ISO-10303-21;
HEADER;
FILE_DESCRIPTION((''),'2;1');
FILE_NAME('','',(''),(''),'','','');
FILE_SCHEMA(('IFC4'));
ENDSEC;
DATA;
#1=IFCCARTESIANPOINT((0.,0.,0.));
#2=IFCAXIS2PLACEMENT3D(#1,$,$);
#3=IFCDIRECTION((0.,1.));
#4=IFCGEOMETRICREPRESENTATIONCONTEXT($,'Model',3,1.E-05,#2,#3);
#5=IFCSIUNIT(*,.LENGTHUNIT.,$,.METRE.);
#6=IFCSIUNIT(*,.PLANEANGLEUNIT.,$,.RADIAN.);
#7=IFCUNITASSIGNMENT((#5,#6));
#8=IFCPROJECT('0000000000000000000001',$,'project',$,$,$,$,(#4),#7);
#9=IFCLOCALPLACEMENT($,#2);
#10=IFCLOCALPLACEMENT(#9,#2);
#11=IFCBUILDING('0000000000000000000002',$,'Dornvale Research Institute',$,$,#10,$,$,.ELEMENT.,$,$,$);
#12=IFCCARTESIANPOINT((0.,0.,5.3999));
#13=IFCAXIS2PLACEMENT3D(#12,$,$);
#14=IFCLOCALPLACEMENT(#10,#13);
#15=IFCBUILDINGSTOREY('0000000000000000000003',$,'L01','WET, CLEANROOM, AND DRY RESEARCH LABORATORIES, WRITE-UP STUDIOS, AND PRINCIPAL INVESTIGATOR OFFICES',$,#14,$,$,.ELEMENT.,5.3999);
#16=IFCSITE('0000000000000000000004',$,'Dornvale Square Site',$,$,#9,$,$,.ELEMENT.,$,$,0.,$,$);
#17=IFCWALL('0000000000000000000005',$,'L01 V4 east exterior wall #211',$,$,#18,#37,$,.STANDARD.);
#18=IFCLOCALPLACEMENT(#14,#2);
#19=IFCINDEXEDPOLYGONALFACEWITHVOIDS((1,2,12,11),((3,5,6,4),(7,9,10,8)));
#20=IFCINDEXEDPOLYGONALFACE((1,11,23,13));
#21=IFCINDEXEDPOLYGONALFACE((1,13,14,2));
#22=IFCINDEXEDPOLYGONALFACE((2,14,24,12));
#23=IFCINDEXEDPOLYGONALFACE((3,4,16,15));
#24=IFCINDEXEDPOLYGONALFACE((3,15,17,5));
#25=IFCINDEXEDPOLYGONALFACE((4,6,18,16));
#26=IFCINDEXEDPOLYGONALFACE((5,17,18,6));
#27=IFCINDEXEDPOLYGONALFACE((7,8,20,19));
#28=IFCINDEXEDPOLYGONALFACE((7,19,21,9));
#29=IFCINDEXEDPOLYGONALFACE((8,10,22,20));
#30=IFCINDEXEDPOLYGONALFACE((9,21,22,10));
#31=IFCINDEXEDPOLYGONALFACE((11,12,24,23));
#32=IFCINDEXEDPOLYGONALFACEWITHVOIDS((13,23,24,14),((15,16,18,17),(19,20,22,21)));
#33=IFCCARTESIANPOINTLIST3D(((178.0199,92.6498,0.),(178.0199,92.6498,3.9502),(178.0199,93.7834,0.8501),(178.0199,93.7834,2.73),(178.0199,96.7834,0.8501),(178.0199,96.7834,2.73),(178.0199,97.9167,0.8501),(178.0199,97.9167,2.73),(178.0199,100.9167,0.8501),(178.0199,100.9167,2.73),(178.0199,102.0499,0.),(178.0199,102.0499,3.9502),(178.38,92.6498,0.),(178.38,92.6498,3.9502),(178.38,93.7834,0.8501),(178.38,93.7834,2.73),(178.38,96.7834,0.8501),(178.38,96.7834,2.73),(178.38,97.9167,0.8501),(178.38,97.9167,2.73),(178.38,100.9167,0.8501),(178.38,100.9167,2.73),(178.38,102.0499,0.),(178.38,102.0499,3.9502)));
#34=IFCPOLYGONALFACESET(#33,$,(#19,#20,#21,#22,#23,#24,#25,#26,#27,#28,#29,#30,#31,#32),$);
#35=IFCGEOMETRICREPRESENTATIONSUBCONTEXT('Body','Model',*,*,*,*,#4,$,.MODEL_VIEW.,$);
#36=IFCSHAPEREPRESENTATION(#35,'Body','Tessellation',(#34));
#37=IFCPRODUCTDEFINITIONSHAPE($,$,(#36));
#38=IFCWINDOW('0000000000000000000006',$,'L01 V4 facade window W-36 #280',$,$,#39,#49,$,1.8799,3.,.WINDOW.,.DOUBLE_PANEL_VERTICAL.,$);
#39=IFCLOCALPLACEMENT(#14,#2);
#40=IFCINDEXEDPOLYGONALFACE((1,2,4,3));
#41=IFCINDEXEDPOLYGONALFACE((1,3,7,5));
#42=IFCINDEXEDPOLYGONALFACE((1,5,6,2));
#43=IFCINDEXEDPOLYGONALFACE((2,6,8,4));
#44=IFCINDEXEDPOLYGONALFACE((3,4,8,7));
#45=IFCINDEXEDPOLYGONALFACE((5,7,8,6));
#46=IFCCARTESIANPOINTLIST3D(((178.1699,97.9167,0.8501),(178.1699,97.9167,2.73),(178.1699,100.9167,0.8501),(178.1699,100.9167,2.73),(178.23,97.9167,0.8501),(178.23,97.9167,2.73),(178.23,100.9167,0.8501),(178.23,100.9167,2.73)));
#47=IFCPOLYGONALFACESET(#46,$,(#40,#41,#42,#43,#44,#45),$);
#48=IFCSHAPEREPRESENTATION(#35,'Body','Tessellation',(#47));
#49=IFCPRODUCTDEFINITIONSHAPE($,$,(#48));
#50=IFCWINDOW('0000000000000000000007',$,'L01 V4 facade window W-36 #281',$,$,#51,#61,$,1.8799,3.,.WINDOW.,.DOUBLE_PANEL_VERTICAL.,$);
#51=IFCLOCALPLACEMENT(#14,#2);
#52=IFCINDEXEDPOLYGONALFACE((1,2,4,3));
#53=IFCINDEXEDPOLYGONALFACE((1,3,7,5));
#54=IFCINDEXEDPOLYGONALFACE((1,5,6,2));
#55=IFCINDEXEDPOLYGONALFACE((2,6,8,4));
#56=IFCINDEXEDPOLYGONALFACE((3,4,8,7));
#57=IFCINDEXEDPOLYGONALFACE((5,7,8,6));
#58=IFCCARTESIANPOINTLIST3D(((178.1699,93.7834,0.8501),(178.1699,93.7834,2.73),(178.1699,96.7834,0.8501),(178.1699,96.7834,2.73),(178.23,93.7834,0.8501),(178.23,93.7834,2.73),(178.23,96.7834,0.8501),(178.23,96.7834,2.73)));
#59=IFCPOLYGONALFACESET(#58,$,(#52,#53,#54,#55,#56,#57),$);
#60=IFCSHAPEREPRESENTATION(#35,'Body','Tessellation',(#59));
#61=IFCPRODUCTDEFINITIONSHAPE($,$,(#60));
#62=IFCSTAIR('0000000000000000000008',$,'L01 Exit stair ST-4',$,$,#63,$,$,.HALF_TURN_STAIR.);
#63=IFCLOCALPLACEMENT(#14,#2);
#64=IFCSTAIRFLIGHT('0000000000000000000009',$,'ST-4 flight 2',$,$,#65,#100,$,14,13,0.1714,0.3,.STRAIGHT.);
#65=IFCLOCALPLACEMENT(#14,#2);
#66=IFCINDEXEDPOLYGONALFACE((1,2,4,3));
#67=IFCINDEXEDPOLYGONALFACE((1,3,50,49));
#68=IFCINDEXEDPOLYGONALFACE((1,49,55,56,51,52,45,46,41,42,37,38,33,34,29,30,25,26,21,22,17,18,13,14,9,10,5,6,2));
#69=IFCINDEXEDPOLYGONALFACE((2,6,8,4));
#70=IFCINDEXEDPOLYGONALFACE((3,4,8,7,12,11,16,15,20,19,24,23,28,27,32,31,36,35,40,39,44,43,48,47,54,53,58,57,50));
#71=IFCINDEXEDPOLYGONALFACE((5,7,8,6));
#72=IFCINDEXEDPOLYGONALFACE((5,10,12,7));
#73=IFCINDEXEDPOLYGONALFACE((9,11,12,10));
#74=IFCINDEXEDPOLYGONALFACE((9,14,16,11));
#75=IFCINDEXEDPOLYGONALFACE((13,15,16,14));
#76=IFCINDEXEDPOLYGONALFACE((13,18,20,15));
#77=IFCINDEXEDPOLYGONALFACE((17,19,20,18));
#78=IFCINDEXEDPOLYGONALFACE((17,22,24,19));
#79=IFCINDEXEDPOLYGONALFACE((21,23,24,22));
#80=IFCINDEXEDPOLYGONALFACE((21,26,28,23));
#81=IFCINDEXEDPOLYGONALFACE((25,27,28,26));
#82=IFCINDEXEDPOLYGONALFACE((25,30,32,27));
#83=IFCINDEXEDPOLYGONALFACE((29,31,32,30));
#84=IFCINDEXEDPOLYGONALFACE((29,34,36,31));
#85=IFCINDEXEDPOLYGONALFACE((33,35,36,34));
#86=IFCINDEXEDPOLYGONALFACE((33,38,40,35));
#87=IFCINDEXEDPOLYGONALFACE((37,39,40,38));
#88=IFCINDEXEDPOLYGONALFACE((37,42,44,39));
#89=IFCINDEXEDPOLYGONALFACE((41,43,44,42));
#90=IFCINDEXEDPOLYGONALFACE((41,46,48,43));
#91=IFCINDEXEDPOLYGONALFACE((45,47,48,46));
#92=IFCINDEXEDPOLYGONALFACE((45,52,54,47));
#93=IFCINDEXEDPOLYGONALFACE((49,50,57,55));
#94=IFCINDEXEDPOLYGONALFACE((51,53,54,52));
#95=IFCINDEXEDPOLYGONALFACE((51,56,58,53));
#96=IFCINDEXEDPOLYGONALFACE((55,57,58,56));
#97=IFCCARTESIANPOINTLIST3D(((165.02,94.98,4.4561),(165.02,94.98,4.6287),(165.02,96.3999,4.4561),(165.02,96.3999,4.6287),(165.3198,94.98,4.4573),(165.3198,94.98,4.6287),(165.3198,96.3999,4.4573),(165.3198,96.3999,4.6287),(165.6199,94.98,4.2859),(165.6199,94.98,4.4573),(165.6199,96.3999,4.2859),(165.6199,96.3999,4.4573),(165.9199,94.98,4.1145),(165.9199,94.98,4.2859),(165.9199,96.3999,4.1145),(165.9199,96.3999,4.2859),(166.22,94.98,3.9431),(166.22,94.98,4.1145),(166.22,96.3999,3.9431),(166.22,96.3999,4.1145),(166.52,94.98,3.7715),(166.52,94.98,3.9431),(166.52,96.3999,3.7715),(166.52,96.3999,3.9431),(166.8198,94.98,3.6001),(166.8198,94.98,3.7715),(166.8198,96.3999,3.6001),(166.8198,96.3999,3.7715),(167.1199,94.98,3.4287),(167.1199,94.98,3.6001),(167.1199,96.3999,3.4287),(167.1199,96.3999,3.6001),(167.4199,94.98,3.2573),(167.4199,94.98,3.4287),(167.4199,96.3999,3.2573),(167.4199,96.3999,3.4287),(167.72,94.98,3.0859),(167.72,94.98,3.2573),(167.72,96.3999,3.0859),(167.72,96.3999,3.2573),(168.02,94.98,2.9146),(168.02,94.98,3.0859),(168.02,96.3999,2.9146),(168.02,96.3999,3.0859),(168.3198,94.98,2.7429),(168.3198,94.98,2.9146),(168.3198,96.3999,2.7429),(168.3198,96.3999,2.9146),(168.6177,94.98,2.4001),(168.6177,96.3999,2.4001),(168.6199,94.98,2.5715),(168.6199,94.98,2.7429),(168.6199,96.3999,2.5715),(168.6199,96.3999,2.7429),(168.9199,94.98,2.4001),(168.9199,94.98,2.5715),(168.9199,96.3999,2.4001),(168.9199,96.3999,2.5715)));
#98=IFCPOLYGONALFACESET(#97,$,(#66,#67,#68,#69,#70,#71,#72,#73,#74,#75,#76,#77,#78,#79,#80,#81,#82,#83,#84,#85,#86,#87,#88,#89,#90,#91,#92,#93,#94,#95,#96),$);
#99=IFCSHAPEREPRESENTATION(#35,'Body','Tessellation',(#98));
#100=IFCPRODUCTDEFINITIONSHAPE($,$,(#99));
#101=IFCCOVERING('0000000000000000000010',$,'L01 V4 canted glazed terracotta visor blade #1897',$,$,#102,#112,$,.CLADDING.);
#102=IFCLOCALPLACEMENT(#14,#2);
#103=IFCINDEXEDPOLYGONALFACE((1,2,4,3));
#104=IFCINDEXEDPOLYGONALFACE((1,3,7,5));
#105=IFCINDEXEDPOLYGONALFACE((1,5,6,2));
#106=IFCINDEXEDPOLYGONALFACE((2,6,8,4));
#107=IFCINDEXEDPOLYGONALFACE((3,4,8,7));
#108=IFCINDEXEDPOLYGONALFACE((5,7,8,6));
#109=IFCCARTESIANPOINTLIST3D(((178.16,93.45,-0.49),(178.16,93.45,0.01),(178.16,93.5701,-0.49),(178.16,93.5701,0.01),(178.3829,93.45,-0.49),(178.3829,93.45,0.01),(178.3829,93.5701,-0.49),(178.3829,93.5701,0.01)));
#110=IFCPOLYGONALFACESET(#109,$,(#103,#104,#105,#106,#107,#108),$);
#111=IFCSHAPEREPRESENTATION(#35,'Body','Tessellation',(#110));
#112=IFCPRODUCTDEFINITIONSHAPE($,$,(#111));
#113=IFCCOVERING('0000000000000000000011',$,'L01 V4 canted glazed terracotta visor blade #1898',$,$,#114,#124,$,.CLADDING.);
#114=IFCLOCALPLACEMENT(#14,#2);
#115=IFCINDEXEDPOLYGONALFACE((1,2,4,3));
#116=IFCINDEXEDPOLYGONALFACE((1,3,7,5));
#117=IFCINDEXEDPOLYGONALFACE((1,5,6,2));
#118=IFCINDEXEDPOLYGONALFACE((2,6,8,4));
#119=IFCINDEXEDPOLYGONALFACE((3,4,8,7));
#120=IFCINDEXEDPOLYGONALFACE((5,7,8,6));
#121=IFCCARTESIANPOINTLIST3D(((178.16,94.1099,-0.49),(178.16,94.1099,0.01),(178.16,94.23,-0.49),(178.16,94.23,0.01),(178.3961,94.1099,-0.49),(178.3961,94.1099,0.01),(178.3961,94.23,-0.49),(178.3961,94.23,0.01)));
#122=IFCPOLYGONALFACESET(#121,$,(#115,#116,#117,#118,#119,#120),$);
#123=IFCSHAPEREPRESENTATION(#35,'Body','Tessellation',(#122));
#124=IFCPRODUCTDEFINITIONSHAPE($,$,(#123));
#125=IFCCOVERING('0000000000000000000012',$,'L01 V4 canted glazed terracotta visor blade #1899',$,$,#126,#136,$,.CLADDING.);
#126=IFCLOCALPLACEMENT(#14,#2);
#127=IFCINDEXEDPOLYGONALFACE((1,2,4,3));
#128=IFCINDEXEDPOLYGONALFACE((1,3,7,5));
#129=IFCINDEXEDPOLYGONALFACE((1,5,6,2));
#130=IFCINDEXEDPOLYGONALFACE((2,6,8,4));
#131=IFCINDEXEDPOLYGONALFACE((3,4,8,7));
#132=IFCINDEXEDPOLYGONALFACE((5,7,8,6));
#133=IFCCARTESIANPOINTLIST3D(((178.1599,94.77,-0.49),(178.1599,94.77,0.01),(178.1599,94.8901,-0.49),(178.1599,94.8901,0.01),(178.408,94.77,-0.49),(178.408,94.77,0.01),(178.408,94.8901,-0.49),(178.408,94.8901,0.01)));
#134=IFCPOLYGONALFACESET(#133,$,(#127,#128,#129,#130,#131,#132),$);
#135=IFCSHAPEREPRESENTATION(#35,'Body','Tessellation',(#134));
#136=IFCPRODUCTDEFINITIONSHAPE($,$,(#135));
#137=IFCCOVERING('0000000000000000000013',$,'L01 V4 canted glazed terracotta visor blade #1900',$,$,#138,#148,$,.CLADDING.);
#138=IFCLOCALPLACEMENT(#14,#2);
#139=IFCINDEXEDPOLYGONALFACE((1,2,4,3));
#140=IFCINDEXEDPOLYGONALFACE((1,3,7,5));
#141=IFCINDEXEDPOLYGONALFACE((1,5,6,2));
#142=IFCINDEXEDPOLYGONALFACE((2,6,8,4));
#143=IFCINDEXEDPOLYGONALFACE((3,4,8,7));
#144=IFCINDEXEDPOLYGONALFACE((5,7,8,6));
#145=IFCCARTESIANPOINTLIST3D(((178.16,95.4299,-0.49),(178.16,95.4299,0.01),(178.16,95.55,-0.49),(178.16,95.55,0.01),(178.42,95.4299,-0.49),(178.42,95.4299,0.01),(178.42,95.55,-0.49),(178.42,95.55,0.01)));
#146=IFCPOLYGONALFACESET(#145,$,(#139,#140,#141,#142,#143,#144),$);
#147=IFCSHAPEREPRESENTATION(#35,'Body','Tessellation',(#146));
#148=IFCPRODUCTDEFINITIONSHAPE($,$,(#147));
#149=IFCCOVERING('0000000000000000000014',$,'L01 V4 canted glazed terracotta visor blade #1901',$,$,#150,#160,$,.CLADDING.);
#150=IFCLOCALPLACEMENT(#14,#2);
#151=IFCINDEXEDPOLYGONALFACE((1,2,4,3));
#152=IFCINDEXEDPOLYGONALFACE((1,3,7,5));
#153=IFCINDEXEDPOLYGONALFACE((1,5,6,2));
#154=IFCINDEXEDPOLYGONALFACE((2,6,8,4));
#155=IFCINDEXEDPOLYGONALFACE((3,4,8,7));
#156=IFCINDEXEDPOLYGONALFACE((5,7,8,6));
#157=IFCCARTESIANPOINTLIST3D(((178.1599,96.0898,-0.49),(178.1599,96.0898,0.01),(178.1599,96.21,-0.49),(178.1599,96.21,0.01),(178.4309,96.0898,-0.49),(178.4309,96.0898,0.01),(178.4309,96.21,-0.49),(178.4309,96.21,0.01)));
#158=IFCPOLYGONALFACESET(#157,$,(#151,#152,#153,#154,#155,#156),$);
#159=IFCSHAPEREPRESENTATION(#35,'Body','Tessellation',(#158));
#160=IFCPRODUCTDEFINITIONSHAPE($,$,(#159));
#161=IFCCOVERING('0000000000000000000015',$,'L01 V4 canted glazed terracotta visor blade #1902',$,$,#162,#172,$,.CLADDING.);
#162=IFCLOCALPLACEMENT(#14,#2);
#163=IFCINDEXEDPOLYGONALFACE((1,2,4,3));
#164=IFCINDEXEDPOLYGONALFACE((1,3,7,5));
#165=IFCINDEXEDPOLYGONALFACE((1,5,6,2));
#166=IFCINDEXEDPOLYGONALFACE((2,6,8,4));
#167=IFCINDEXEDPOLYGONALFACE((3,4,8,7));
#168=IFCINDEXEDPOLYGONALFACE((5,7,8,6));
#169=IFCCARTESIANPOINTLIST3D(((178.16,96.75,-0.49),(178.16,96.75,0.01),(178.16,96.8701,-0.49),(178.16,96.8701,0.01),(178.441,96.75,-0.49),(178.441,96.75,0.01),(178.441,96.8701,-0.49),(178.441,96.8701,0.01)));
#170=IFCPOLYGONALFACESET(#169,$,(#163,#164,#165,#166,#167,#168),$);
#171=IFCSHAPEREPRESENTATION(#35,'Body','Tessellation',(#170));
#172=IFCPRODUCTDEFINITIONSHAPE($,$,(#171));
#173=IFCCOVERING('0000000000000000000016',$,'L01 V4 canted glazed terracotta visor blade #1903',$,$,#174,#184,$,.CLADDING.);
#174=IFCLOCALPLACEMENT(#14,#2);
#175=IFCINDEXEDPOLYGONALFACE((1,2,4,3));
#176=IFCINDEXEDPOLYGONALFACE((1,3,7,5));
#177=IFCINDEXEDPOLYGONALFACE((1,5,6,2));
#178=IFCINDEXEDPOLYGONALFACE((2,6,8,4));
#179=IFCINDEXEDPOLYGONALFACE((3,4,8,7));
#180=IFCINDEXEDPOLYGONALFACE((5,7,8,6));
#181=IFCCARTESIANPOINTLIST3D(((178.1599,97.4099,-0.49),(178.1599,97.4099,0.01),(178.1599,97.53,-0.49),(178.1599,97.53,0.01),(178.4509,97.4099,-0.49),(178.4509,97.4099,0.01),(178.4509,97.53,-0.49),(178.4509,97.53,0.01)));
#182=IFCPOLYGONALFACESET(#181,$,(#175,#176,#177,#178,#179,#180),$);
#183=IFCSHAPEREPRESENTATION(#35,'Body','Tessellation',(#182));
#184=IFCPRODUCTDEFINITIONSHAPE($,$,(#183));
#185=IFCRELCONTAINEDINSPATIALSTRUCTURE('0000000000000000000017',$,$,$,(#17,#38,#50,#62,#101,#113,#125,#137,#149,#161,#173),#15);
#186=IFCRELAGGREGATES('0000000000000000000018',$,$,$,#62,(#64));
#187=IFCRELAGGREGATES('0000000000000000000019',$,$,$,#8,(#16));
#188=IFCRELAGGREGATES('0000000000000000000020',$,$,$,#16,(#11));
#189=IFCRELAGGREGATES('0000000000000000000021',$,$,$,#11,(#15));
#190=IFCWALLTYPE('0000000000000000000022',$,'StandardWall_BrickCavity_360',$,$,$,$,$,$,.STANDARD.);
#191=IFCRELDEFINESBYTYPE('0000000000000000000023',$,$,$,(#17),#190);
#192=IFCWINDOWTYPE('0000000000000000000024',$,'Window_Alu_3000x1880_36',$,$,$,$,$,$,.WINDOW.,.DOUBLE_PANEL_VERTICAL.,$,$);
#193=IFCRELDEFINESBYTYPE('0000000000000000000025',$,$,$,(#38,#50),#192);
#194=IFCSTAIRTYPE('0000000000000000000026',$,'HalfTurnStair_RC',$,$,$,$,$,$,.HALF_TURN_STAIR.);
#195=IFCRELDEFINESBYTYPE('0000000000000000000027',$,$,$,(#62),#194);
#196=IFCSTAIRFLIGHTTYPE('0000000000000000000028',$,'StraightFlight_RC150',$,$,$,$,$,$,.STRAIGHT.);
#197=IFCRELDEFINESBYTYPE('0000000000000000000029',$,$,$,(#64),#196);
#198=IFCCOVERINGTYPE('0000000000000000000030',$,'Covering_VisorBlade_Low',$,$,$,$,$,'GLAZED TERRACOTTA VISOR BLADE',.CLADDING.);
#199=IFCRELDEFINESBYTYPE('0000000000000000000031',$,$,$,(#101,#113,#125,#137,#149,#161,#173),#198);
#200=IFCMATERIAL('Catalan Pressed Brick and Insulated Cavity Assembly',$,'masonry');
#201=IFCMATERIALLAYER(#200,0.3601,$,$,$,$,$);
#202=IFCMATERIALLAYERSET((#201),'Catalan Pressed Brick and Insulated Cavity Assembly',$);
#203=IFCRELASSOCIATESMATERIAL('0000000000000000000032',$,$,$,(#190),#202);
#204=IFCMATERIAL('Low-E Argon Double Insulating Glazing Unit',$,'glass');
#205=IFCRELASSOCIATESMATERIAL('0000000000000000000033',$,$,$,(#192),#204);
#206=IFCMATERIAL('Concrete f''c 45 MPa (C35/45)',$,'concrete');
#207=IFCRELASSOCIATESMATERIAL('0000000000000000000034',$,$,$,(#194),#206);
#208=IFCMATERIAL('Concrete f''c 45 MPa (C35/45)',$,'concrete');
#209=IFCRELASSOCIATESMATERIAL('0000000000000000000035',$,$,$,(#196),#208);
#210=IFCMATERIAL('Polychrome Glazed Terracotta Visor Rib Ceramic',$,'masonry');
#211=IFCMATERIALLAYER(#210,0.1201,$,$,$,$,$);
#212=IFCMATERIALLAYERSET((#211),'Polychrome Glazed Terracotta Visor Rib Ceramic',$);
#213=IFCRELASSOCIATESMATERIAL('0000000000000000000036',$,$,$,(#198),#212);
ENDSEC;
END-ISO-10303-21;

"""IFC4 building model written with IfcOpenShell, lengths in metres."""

from ifc_helpers import new_model, si_unit, direction, frame, frame_2d, origin, origin_2d, place, context, subcontext, project, spatial, polyline, rectangle, outline, extrude, material, layer, layer_set, type_object, element, fill, aggregate, save


model = new_model("IFC4")

# Units and contexts
model_context = context("Model", 3, precision=1e-05, world=origin(), true_north=direction((0.0, 1.0)))
body_context = subcontext(model_context, "Body", "Model", "MODEL_VIEW")
ifc_project = project(units=[si_unit("LENGTHUNIT", "METRE"), si_unit("PLANEANGLEUNIT", "RADIAN")], contexts=[model_context])

# Site, building, storey
site_placement = place(None, origin())
site = spatial("IfcSite", under=ifc_project, at=site_placement, Name="Dornvale Square Site", CompositionType="ELEMENT", RefElevation=0.0)
building_placement = place(site_placement, origin())
building = spatial("IfcBuilding", under=site, at=building_placement, Name="Dornvale Research Institute", CompositionType="ELEMENT")
storey_placement = place(building_placement, frame((0.0, 0.0, 5.3999)))
storey = spatial("IfcBuildingStorey", under=building, at=storey_placement, Name="L01", Description="WET, CLEANROOM, AND DRY RESEARCH LABORATORIES, WRITE-UP STUDIOS, AND PRINCIPAL INVESTIGATOR OFFICES", CompositionType="ELEMENT", Elevation=5.3999)

# Wall, openings, windows
ifc_material_1 = material(Name="Catalan Pressed Brick and Insulated Cavity Assembly", Category="masonry")
ifc_layer_1 = layer(ifc_material_1, 0.3601)
ifc_layer_set_1 = layer_set([ifc_layer_1], Name="Catalan Pressed Brick and Insulated Cavity Assembly")
wall_type_1 = type_object("IfcWallType", Name="StandardWall_BrickCavity_360", PredefinedType="STANDARD", material=ifc_layer_set_1)
wall_1_placement = place(storey_placement, frame((178.2, 102.05, 0.0), z_axis=(0.0, 0.0, 1.0), x_axis=(0.0, -1.0, 0.0)))
wall_1 = element("IfcWall", 1, at=wall_1_placement, inside=storey, type_object=wall_type_1, Name="L01 V4 east exterior wall #211", PredefinedType="STANDARD", context=body_context, shape_type="SweptSolid", body=[
    extrude(rectangle(XDim=9.4001, YDim=0.3601, at=frame_2d((4.7002, 0.0))), origin(), (0.0, 0.0, 1.0), 3.9502),
])
opening_1_placement = place(wall_1_placement, frame((1.1333, 0.0, 0.8501)))
opening_1 = element("IfcOpeningElement", 2, at=opening_1_placement, cuts=wall_1, PredefinedType="OPENING", context=body_context, shape_type="SweptSolid", body=[
    extrude(rectangle(XDim=3.0, YDim=1.8799, at=frame_2d((1.5, 0.9399))), frame((0.0, 0.1951, 0.0), z_axis=(0.0, -1.0, 0.0), x_axis=(1.0, 0.0, 0.0)), (0.0, 0.0, 1.0), 0.3901),
])
opening_2_placement = place(wall_1_placement, frame((5.2666, 0.0, 0.8501)))
opening_2 = element("IfcOpeningElement", 3, at=opening_2_placement, cuts=wall_1, PredefinedType="OPENING", context=body_context, shape_type="SweptSolid", body=[
    extrude(rectangle(XDim=3.0, YDim=1.8799, at=frame_2d((1.5, 0.9399))), frame((0.0, 0.1951, 0.0), z_axis=(0.0, -1.0, 0.0), x_axis=(1.0, 0.0, 0.0)), (0.0, 0.0, 1.0), 0.3901),
])
ifc_material_2 = material(Name="Low-E Argon Double Insulating Glazing Unit", Category="glass")
window_type = type_object("IfcWindowType", Name="Window_Alu_3000x1880_36", PartitioningType="DOUBLE_PANEL_VERTICAL", PredefinedType="WINDOW", material=ifc_material_2)
window_1_placement = place(opening_1_placement, origin())
window_1 = element("IfcWindow", 4, at=window_1_placement, inside=storey, type_object=window_type, Name="L01 V4 facade window W-36 #280", OverallHeight=1.8799, OverallWidth=3.0, PartitioningType="DOUBLE_PANEL_VERTICAL", PredefinedType="WINDOW", context=body_context, shape_type="SweptSolid", body=[
    extrude(rectangle(XDim=3.0, YDim=1.8799, at=frame_2d((1.5, 0.9399))), frame((0.0, 0.03, 0.0), z_axis=(0.0, -1.0, 0.0), x_axis=(1.0, 0.0, 0.0)), (0.0, 0.0, 1.0), 0.0601),
])
fill(opening_1, window_1)
window_2_placement = place(opening_2_placement, origin())
window_2 = element("IfcWindow", 5, at=window_2_placement, inside=storey, type_object=window_type, Name="L01 V4 facade window W-36 #281", OverallHeight=1.8799, OverallWidth=3.0, PartitioningType="DOUBLE_PANEL_VERTICAL", PredefinedType="WINDOW", context=body_context, shape_type="SweptSolid", body=[
    extrude(rectangle(XDim=3.0, YDim=1.8799, at=frame_2d((1.5, 0.9399))), frame((0.0, 0.03, 0.0), z_axis=(0.0, -1.0, 0.0), x_axis=(1.0, 0.0, 0.0)), (0.0, 0.0, 1.0), 0.0601),
])
fill(opening_2, window_2)

# Stair, stair flight
ifc_material_3 = material(Name="Concrete f'c 45 MPa (C35/45)", Category="concrete")
stair_type = type_object("IfcStairType", Name="HalfTurnStair_RC", PredefinedType="HALF_TURN_STAIR", material=ifc_material_3)
stair_placement = place(storey_placement, origin())
stair = element("IfcStair", 6, at=stair_placement, inside=storey, type_object=stair_type, Name="L01 Exit stair ST-4", PredefinedType="HALF_TURN_STAIR")
ifc_material_4 = material(Name="Concrete f'c 45 MPa (C35/45)", Category="concrete")
stair_flight_type = type_object("IfcStairFlightType", Name="StraightFlight_RC150", PredefinedType="STRAIGHT", material=ifc_material_4)
stair_flight_placement = place(storey_placement, frame((168.9199, 95.6899, 2.4001), z_axis=(0.0, 0.0, 1.0), x_axis=(-1.0, 0.0, 0.0)))
stair_flight = element("IfcStairFlight", 7, at=stair_flight_placement, type_object=stair_flight_type, Name="ST-4 flight 2", NumberOfRisers=14, NumberOfTreads=13, PredefinedType="STRAIGHT", RiserHeight=0.1714, TreadLength=0.3, context=body_context, shape_type="SweptSolid", body=[
    extrude(outline(polyline([(0.0, 0.0), (0.0, 0.1714), (0.3, 0.1714), (0.3, 0.3428), (0.6001, 0.3428), (0.6001, 0.5144), (0.8999, 0.5144), (0.8999, 0.6858), (1.2, 0.6858), (1.2, 0.8572), (1.5, 0.8572), (1.5, 1.0286), (1.8, 1.0286), (1.8, 1.2), (2.1001, 1.2), (2.1001, 1.3713), (2.3999, 1.3713), (2.3999, 1.543), (2.7, 1.543), (2.7, 1.7144), (3.0, 1.7144), (3.0, 1.8857), (3.3, 1.8857), (3.3, 2.0571), (3.6001, 2.0571), (3.6001, 2.2285), (3.8999, 2.2285), (3.8999, 2.3999), (3.8999, 2.0559), (0.3022, 0.0), (0.0, 0.0)])), frame((0.0, 0.71, 0.0), z_axis=(0.0, -1.0, 0.0), x_axis=(1.0, 0.0, 0.0)), (0.0, 0.0, 1.0), 1.4199),
])
aggregate(stair, [stair_flight])

# Coverings
ifc_material_5 = material(Name="Polychrome Glazed Terracotta Visor Rib Ceramic", Category="masonry")
ifc_layer_2 = layer(ifc_material_5, 0.1201)
ifc_layer_set_2 = layer_set([ifc_layer_2], Name="Polychrome Glazed Terracotta Visor Rib Ceramic")
covering_type = type_object("IfcCoveringType", Name="Covering_VisorBlade_Low", ElementType="GLAZED TERRACOTTA VISOR BLADE", PredefinedType="CLADDING", material=ifc_layer_set_2)
covering_1_placement = place(storey_placement, frame((178.2715, 93.51, -0.49), z_axis=(0.0, 0.0, 1.0), x_axis=(1.0, 0.0, 0.0)))
element("IfcCovering", 8, at=covering_1_placement, inside=storey, type_object=covering_type, Name="L01 V4 canted glazed terracotta visor blade #1897", PredefinedType="CLADDING", context=body_context, shape_type="SweptSolid", body=[
    extrude(rectangle(XDim=0.2229, YDim=0.1201, at=origin_2d()), origin(), (0.0, 0.0, 1.0), 0.5),
])
covering_2_placement = place(storey_placement, frame((178.2781, 94.1699, -0.49), z_axis=(0.0, 0.0, 1.0), x_axis=(1.0, 0.0, 0.0)))
element("IfcCovering", 9, at=covering_2_placement, inside=storey, type_object=covering_type, Name="L01 V4 canted glazed terracotta visor blade #1898", PredefinedType="CLADDING", context=body_context, shape_type="SweptSolid", body=[
    extrude(rectangle(XDim=0.2361, YDim=0.1201, at=origin_2d()), origin(), (0.0, 0.0, 1.0), 0.5),
])
covering_3_placement = place(storey_placement, frame((178.2839, 94.8301, -0.49), z_axis=(0.0, 0.0, 1.0), x_axis=(1.0, 0.0, 0.0)))
element("IfcCovering", 10, at=covering_3_placement, inside=storey, type_object=covering_type, Name="L01 V4 canted glazed terracotta visor blade #1899", PredefinedType="CLADDING", context=body_context, shape_type="SweptSolid", body=[
    extrude(rectangle(XDim=0.248, YDim=0.1201, at=origin_2d()), origin(), (0.0, 0.0, 1.0), 0.5),
])
covering_4_placement = place(storey_placement, frame((178.29, 95.49, -0.49), z_axis=(0.0, 0.0, 1.0), x_axis=(1.0, 0.0, 0.0)))
element("IfcCovering", 11, at=covering_4_placement, inside=storey, type_object=covering_type, Name="L01 V4 canted glazed terracotta visor blade #1900", PredefinedType="CLADDING", context=body_context, shape_type="SweptSolid", body=[
    extrude(rectangle(XDim=0.26, YDim=0.1201, at=origin_2d()), origin(), (0.0, 0.0, 1.0), 0.5),
])
covering_5_placement = place(storey_placement, frame((178.2954, 96.1499, -0.49), z_axis=(0.0, 0.0, 1.0), x_axis=(1.0, 0.0, 0.0)))
element("IfcCovering", 12, at=covering_5_placement, inside=storey, type_object=covering_type, Name="L01 V4 canted glazed terracotta visor blade #1901", PredefinedType="CLADDING", context=body_context, shape_type="SweptSolid", body=[
    extrude(rectangle(XDim=0.271, YDim=0.1201, at=origin_2d()), origin(), (0.0, 0.0, 1.0), 0.5),
])
covering_6_placement = place(storey_placement, frame((178.3005, 96.8101, -0.49), z_axis=(0.0, 0.0, 1.0), x_axis=(1.0, 0.0, 0.0)))
element("IfcCovering", 13, at=covering_6_placement, inside=storey, type_object=covering_type, Name="L01 V4 canted glazed terracotta visor blade #1902", PredefinedType="CLADDING", context=body_context, shape_type="SweptSolid", body=[
    extrude(rectangle(XDim=0.281, YDim=0.1201, at=origin_2d()), origin(), (0.0, 0.0, 1.0), 0.5),
])
covering_7_placement = place(storey_placement, frame((178.3054, 97.47, -0.49), z_axis=(0.0, 0.0, 1.0), x_axis=(1.0, 0.0, 0.0)))
element("IfcCovering", 14, at=covering_7_placement, inside=storey, type_object=covering_type, Name="L01 V4 canted glazed terracotta visor blade #1903", PredefinedType="CLADDING", context=body_context, shape_type="SweptSolid", body=[
    extrude(rectangle(XDim=0.291, YDim=0.1201, at=origin_2d()), origin(), (0.0, 0.0, 1.0), 0.5),
])

save(model, "model.ifc")
